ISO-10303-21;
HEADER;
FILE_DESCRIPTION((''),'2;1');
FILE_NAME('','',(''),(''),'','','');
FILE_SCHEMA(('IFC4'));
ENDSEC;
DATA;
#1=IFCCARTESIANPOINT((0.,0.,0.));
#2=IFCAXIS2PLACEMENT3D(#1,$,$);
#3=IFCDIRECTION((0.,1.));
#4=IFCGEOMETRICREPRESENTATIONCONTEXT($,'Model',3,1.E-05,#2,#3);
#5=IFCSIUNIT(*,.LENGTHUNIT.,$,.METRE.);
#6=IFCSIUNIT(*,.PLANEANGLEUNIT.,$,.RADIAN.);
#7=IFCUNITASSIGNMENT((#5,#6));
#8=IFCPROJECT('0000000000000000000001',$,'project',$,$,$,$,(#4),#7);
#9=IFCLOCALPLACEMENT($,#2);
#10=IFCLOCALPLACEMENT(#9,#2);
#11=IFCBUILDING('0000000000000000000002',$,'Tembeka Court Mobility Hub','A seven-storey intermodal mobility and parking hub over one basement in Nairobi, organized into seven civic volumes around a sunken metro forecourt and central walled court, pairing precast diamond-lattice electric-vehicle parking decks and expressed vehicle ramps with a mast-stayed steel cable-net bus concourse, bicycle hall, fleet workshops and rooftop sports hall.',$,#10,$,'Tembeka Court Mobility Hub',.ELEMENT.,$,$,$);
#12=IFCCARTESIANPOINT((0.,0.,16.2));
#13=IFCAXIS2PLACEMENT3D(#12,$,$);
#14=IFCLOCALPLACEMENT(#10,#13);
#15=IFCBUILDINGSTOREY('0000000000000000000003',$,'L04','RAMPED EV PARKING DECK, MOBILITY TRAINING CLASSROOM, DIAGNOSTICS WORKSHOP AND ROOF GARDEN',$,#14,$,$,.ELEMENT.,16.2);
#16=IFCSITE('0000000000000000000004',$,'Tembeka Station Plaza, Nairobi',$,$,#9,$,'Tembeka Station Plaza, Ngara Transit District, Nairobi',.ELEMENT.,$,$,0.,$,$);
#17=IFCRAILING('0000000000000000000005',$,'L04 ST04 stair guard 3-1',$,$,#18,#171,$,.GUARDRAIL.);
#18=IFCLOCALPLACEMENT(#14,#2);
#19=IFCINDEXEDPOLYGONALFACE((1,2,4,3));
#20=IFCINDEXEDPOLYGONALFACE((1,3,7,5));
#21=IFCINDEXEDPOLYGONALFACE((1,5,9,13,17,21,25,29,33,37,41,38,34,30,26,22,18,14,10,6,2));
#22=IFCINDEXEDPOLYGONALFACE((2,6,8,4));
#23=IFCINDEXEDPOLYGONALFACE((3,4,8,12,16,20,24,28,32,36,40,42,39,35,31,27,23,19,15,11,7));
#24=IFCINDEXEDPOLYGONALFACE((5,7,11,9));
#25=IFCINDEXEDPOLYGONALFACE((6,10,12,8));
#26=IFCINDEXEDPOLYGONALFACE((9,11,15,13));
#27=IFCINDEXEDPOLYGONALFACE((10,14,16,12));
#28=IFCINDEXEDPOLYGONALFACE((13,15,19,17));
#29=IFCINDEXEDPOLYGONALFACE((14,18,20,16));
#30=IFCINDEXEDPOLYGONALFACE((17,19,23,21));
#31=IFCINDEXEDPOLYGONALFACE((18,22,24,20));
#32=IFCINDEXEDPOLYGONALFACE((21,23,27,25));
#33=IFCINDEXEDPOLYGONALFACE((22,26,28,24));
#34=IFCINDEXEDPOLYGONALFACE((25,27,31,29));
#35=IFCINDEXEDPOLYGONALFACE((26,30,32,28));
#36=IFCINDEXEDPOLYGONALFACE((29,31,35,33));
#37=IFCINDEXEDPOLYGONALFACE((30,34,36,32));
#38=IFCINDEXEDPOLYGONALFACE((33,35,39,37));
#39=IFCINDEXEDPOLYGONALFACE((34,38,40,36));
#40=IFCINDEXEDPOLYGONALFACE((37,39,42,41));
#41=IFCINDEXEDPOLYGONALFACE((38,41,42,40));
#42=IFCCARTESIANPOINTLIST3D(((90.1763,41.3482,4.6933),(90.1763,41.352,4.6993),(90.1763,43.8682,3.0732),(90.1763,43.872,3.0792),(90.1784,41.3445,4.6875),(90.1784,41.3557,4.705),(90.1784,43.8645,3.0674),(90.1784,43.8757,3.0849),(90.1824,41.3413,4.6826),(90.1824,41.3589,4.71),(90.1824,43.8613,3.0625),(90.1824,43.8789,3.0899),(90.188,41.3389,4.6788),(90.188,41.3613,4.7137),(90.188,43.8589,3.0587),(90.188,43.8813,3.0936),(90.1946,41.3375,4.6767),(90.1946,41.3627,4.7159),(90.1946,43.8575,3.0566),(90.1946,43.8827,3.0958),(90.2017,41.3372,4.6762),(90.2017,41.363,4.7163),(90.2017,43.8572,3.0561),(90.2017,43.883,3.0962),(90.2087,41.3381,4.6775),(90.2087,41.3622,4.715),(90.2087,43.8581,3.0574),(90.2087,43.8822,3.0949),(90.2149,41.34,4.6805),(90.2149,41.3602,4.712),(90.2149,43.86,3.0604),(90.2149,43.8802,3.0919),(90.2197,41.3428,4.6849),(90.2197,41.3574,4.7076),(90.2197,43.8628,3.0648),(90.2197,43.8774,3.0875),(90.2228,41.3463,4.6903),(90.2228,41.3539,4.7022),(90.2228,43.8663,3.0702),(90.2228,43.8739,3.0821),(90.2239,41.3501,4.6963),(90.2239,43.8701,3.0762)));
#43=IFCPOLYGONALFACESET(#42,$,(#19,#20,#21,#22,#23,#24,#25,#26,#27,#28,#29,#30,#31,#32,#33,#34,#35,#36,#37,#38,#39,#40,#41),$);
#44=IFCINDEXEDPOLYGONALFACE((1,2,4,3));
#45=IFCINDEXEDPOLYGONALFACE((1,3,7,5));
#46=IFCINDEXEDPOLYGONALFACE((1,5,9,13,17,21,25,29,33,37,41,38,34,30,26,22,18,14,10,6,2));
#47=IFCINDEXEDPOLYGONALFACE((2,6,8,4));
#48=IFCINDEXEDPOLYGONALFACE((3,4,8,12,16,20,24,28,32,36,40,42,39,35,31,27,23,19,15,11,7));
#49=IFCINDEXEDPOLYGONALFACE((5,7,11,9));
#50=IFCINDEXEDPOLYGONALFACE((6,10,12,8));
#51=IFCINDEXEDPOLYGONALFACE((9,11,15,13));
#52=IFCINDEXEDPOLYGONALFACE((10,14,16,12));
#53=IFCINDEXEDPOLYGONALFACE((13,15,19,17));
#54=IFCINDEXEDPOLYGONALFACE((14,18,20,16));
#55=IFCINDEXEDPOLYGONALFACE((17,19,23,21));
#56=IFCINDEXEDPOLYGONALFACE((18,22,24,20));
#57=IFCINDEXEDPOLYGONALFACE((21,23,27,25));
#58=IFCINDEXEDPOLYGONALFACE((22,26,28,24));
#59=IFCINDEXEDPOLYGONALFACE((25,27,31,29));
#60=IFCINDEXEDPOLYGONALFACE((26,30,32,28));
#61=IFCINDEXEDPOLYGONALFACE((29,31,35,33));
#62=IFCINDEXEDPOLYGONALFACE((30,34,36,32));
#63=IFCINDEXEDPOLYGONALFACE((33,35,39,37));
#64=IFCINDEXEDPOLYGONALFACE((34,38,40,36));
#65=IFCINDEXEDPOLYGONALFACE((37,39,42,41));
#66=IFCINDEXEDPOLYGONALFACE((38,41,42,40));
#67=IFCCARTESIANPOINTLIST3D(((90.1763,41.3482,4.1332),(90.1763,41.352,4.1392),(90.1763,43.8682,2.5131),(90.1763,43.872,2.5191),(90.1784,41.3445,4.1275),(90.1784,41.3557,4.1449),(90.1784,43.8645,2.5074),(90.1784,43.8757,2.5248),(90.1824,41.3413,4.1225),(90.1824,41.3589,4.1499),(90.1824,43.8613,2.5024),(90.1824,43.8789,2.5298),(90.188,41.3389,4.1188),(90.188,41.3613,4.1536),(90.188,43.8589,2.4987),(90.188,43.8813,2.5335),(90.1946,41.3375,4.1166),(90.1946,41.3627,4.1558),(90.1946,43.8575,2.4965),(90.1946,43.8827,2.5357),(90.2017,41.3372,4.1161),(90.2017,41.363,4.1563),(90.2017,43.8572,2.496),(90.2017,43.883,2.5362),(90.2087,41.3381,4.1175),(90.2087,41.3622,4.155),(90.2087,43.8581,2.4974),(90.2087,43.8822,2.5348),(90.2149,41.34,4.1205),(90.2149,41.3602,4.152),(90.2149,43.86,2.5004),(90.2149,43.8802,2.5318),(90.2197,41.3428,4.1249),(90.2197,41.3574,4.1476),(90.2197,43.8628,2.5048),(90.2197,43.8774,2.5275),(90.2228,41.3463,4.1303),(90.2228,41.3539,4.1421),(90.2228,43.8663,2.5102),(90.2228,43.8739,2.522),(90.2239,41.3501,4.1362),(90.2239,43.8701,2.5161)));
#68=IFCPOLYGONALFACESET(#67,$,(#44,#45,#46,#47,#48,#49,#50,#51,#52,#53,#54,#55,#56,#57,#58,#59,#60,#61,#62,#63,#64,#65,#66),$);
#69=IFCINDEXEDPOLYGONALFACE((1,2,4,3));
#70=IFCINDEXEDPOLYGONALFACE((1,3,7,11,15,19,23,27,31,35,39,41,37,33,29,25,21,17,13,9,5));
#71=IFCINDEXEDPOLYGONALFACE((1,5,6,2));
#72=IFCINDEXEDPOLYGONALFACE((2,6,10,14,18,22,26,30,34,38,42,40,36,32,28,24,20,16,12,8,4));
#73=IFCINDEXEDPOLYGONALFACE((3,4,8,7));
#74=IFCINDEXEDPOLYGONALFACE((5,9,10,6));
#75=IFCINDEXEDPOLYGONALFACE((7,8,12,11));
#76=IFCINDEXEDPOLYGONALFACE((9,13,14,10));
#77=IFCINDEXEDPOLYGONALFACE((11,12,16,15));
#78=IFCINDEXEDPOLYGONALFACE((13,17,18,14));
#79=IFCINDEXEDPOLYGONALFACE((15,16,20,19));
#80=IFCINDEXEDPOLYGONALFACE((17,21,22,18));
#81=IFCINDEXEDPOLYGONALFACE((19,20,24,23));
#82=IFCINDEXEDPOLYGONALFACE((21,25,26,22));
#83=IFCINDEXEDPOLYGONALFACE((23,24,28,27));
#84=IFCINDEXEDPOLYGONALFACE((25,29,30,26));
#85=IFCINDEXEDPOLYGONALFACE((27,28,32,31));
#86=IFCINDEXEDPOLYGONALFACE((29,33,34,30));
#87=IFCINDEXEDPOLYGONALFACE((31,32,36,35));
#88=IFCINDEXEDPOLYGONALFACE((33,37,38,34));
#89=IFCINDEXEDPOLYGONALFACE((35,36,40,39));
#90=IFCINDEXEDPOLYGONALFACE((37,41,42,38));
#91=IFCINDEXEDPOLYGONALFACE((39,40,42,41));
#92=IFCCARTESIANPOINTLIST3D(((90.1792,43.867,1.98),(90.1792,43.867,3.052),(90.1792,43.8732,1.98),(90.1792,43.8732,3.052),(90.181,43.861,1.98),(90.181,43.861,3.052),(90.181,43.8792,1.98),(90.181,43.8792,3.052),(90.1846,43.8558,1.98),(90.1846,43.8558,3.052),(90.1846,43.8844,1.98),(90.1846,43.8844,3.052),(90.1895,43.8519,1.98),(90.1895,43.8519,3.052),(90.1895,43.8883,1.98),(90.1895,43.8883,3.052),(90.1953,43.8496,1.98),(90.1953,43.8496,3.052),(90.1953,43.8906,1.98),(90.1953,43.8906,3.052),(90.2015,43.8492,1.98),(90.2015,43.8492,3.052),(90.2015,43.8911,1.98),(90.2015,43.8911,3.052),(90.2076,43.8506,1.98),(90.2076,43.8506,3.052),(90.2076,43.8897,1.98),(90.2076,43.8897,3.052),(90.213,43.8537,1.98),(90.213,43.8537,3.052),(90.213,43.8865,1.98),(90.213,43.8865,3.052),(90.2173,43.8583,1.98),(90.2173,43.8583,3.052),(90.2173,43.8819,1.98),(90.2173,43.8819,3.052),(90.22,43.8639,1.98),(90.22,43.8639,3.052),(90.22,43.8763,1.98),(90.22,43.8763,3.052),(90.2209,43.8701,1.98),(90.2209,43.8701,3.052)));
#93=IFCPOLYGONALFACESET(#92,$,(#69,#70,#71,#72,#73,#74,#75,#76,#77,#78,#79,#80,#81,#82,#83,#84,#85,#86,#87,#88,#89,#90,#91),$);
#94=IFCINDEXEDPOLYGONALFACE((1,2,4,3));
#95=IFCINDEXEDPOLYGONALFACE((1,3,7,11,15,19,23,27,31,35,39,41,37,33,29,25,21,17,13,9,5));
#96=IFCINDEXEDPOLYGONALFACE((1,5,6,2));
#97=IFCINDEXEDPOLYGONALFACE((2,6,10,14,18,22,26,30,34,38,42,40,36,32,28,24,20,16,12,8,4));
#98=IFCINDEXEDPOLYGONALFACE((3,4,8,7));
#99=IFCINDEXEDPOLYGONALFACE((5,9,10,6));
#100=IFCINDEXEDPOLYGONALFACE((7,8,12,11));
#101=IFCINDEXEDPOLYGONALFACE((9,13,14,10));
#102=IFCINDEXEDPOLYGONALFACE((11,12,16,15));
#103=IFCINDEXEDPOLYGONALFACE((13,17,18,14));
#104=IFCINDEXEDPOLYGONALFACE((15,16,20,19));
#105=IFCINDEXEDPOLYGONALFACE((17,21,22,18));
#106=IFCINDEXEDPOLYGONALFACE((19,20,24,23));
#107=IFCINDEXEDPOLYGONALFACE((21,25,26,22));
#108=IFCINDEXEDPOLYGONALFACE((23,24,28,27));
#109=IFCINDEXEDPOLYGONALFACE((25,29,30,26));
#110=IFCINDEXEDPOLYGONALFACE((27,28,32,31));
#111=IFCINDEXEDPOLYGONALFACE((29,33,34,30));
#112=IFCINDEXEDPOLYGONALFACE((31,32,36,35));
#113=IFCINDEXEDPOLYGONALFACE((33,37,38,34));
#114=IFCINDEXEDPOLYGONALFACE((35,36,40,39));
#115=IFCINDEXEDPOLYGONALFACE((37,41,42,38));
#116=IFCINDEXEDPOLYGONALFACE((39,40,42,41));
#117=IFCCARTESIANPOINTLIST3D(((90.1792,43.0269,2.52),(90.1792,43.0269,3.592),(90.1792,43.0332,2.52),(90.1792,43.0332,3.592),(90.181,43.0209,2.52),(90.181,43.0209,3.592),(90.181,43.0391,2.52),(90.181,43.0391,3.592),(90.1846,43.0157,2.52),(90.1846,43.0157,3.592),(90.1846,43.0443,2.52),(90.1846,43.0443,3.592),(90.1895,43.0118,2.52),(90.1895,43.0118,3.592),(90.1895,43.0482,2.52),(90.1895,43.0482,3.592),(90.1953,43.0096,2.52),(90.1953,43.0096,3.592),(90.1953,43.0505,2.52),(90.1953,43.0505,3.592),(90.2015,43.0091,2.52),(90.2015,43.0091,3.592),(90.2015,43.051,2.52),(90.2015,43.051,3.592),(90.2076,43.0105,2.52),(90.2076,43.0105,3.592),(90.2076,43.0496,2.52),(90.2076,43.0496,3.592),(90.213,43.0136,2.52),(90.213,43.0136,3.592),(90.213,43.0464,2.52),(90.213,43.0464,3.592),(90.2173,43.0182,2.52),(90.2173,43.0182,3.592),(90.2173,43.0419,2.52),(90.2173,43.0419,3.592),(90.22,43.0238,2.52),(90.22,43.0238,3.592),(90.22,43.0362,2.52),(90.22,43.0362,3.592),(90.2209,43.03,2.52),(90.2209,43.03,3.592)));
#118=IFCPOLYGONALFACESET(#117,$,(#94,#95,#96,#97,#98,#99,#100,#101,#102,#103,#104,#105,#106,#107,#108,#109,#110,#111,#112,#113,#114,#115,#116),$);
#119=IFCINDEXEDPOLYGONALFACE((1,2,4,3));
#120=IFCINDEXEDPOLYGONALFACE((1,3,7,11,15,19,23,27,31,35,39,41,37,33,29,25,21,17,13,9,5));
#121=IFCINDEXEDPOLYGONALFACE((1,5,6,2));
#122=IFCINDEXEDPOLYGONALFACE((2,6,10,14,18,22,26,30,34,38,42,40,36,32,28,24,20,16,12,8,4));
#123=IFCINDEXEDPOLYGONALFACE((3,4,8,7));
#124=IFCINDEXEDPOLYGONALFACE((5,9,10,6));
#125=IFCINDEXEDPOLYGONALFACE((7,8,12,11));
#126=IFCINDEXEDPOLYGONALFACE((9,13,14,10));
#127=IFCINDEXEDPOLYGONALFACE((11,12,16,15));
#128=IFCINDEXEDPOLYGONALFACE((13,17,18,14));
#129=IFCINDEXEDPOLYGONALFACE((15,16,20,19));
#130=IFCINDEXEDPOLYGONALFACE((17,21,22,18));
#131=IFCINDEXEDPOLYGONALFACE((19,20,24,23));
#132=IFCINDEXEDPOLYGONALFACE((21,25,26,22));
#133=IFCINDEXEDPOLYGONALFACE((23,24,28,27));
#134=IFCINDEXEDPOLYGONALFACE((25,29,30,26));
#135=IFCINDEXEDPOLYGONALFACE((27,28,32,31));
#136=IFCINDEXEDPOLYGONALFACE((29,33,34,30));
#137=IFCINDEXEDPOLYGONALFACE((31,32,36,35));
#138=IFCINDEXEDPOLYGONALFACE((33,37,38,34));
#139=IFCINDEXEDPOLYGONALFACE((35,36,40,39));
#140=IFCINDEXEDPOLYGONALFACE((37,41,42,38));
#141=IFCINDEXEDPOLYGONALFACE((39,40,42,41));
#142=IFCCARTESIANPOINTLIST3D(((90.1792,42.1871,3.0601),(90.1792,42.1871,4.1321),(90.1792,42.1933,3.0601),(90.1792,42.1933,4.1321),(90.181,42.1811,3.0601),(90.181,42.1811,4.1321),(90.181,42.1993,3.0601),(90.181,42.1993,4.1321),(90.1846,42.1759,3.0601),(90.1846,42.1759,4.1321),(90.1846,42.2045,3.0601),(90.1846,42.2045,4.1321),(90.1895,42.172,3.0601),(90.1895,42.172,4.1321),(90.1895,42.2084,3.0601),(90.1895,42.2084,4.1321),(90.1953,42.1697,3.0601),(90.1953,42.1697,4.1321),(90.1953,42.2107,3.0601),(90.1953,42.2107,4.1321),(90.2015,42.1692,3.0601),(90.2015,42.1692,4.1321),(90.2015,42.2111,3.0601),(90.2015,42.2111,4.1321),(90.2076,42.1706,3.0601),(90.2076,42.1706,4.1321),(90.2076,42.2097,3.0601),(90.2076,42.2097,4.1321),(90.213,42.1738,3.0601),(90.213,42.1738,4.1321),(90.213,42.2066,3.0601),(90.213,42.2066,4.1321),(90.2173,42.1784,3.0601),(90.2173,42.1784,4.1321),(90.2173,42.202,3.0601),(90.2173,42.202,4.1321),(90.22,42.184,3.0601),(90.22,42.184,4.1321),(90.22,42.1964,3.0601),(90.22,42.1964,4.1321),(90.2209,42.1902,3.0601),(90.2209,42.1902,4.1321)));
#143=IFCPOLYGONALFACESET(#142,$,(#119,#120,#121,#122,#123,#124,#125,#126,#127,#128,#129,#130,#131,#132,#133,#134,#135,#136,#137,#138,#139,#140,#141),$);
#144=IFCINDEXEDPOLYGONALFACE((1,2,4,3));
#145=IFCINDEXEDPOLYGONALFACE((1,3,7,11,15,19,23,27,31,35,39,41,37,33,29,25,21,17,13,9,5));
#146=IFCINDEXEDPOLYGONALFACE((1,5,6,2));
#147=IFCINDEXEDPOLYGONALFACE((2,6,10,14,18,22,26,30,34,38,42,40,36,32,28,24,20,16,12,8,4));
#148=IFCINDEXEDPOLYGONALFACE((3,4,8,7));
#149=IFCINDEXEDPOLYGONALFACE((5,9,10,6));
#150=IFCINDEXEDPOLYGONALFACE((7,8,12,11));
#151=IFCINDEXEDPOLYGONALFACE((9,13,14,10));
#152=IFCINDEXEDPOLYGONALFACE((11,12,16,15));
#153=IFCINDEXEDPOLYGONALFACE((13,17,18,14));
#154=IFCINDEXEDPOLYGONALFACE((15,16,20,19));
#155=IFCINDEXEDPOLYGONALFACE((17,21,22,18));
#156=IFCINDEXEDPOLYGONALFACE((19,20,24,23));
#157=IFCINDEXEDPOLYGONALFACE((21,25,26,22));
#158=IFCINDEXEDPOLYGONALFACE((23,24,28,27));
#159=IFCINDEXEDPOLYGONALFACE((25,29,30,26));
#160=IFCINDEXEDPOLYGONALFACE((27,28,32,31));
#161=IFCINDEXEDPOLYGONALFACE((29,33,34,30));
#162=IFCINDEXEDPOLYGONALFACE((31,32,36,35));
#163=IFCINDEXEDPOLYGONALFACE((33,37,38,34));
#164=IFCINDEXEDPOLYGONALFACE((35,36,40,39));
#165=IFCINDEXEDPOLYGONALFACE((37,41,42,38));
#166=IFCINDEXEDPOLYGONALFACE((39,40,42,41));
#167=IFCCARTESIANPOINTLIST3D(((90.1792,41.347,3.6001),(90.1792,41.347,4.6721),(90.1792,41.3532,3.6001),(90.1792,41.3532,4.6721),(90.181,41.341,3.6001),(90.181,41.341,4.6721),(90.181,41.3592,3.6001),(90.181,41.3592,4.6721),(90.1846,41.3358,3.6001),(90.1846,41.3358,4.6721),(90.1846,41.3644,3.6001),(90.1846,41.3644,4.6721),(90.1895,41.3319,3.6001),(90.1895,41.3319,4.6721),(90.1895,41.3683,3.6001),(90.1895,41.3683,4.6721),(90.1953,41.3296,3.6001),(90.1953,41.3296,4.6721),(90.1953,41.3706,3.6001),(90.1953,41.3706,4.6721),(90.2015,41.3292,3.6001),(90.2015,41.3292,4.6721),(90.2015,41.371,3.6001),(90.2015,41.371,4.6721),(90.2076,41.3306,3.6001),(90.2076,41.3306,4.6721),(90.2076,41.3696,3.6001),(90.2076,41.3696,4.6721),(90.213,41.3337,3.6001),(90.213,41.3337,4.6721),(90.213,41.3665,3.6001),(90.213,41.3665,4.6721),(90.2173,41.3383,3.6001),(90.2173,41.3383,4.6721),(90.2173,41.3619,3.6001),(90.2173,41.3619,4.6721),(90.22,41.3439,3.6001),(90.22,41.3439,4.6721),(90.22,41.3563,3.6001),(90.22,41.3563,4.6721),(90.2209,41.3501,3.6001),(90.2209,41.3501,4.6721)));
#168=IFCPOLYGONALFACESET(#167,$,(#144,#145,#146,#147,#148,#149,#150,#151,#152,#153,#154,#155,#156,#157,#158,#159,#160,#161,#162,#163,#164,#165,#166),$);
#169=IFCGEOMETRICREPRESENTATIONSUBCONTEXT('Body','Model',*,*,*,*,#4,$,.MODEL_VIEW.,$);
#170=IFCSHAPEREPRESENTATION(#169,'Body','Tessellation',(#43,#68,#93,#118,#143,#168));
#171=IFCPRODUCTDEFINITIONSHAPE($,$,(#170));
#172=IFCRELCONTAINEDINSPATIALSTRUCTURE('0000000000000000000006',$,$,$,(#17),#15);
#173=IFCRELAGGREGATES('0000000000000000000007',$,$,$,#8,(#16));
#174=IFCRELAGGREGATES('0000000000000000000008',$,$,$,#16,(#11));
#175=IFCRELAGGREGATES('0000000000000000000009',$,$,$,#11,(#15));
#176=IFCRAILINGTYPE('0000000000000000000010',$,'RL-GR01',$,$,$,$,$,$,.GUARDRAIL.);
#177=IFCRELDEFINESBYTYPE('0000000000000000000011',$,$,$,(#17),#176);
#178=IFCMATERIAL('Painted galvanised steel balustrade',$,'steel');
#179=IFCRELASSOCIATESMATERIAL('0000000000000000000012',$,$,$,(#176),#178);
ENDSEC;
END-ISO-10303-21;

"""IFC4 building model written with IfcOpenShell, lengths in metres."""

from ifc_helpers import new_model, si_unit, direction, frame, origin, origin_2d, place, context, subcontext, project, spatial, circle, extrude, material, type_object, element, save


model = new_model("IFC4")

# Units and contexts
model_context = context("Model", 3, precision=1e-05, world=origin(), true_north=direction((0.0, 1.0)))
body_context = subcontext(model_context, "Body", "Model", "MODEL_VIEW")
ifc_project = project(units=[si_unit("LENGTHUNIT", "METRE"), si_unit("PLANEANGLEUNIT", "RADIAN")], contexts=[model_context])

# Site, building, storey
site_placement = place(None, origin())
site = spatial("IfcSite", under=ifc_project, at=site_placement, Name="Tembeka Station Plaza, Nairobi", LongName="Tembeka Station Plaza, Ngara Transit District, Nairobi", CompositionType="ELEMENT", RefElevation=0.0)
building_placement = place(site_placement, origin())
building = spatial("IfcBuilding", under=site, at=building_placement, Name="Tembeka Court Mobility Hub", Description="A seven-storey intermodal mobility and parking hub over one basement in Nairobi, organized into seven civic volumes around a sunken metro forecourt and central walled court, pairing precast diamond-lattice electric-vehicle parking decks and expressed vehicle ramps with a mast-stayed steel cable-net bus concourse, bicycle hall, fleet workshops and rooftop sports hall.", LongName="Tembeka Court Mobility Hub", CompositionType="ELEMENT")
storey_placement = place(building_placement, frame((0.0, 0.0, 16.2)))
storey = spatial("IfcBuildingStorey", under=building, at=storey_placement, Name="L04", Description="RAMPED EV PARKING DECK, MOBILITY TRAINING CLASSROOM, DIAGNOSTICS WORKSHOP AND ROOF GARDEN", CompositionType="ELEMENT", Elevation=16.2)

# Railing
ifc_material_1 = material(Name="Painted galvanised steel balustrade", Category="steel")
railing_type_1 = type_object("IfcRailingType", Name="RL-GR01", PredefinedType="GUARDRAIL", material=ifc_material_1)
railing_1_placement = place(storey_placement, frame((90.2, 43.8701, 1.98)))
element("IfcRailing", 1, at=railing_1_placement, inside=storey, type_object=railing_type_1, Name="L04 ST04 stair guard 3-1", PredefinedType="GUARDRAIL", context=body_context, shape_type="SweptSolid", body=[
    extrude(circle(Radius=0.0239, at=origin_2d()), frame((0.0, 0.0, 1.0962), z_axis=(0.0, -0.841163, 0.540782), x_axis=(1.0, 0.0, 0.0)), (0.0, 0.0, 1.0), 2.9958),
    extrude(circle(Radius=0.0239, at=origin_2d()), frame((0.0, 0.0, 0.5361), z_axis=(0.0, -0.841163, 0.540782), x_axis=(1.0, 0.0, 0.0)), (0.0, 0.0, 1.0), 2.9958),
    extrude(circle(Radius=0.021, at=origin_2d()), origin(), (0.0, 0.0, 1.0), 1.072),
    extrude(circle(Radius=0.021, at=origin_2d()), frame((0.0, -0.8401, 0.54)), (0.0, 0.0, 1.0), 1.072),
    extrude(circle(Radius=0.021, at=origin_2d()), frame((0.0, -1.6799, 1.0801)), (0.0, 0.0, 1.0), 1.072),
    extrude(circle(Radius=0.021, at=origin_2d()), frame((0.0, -2.52, 1.6201)), (0.0, 0.0, 1.0), 1.072),
])

save(model, "model.ifc")
